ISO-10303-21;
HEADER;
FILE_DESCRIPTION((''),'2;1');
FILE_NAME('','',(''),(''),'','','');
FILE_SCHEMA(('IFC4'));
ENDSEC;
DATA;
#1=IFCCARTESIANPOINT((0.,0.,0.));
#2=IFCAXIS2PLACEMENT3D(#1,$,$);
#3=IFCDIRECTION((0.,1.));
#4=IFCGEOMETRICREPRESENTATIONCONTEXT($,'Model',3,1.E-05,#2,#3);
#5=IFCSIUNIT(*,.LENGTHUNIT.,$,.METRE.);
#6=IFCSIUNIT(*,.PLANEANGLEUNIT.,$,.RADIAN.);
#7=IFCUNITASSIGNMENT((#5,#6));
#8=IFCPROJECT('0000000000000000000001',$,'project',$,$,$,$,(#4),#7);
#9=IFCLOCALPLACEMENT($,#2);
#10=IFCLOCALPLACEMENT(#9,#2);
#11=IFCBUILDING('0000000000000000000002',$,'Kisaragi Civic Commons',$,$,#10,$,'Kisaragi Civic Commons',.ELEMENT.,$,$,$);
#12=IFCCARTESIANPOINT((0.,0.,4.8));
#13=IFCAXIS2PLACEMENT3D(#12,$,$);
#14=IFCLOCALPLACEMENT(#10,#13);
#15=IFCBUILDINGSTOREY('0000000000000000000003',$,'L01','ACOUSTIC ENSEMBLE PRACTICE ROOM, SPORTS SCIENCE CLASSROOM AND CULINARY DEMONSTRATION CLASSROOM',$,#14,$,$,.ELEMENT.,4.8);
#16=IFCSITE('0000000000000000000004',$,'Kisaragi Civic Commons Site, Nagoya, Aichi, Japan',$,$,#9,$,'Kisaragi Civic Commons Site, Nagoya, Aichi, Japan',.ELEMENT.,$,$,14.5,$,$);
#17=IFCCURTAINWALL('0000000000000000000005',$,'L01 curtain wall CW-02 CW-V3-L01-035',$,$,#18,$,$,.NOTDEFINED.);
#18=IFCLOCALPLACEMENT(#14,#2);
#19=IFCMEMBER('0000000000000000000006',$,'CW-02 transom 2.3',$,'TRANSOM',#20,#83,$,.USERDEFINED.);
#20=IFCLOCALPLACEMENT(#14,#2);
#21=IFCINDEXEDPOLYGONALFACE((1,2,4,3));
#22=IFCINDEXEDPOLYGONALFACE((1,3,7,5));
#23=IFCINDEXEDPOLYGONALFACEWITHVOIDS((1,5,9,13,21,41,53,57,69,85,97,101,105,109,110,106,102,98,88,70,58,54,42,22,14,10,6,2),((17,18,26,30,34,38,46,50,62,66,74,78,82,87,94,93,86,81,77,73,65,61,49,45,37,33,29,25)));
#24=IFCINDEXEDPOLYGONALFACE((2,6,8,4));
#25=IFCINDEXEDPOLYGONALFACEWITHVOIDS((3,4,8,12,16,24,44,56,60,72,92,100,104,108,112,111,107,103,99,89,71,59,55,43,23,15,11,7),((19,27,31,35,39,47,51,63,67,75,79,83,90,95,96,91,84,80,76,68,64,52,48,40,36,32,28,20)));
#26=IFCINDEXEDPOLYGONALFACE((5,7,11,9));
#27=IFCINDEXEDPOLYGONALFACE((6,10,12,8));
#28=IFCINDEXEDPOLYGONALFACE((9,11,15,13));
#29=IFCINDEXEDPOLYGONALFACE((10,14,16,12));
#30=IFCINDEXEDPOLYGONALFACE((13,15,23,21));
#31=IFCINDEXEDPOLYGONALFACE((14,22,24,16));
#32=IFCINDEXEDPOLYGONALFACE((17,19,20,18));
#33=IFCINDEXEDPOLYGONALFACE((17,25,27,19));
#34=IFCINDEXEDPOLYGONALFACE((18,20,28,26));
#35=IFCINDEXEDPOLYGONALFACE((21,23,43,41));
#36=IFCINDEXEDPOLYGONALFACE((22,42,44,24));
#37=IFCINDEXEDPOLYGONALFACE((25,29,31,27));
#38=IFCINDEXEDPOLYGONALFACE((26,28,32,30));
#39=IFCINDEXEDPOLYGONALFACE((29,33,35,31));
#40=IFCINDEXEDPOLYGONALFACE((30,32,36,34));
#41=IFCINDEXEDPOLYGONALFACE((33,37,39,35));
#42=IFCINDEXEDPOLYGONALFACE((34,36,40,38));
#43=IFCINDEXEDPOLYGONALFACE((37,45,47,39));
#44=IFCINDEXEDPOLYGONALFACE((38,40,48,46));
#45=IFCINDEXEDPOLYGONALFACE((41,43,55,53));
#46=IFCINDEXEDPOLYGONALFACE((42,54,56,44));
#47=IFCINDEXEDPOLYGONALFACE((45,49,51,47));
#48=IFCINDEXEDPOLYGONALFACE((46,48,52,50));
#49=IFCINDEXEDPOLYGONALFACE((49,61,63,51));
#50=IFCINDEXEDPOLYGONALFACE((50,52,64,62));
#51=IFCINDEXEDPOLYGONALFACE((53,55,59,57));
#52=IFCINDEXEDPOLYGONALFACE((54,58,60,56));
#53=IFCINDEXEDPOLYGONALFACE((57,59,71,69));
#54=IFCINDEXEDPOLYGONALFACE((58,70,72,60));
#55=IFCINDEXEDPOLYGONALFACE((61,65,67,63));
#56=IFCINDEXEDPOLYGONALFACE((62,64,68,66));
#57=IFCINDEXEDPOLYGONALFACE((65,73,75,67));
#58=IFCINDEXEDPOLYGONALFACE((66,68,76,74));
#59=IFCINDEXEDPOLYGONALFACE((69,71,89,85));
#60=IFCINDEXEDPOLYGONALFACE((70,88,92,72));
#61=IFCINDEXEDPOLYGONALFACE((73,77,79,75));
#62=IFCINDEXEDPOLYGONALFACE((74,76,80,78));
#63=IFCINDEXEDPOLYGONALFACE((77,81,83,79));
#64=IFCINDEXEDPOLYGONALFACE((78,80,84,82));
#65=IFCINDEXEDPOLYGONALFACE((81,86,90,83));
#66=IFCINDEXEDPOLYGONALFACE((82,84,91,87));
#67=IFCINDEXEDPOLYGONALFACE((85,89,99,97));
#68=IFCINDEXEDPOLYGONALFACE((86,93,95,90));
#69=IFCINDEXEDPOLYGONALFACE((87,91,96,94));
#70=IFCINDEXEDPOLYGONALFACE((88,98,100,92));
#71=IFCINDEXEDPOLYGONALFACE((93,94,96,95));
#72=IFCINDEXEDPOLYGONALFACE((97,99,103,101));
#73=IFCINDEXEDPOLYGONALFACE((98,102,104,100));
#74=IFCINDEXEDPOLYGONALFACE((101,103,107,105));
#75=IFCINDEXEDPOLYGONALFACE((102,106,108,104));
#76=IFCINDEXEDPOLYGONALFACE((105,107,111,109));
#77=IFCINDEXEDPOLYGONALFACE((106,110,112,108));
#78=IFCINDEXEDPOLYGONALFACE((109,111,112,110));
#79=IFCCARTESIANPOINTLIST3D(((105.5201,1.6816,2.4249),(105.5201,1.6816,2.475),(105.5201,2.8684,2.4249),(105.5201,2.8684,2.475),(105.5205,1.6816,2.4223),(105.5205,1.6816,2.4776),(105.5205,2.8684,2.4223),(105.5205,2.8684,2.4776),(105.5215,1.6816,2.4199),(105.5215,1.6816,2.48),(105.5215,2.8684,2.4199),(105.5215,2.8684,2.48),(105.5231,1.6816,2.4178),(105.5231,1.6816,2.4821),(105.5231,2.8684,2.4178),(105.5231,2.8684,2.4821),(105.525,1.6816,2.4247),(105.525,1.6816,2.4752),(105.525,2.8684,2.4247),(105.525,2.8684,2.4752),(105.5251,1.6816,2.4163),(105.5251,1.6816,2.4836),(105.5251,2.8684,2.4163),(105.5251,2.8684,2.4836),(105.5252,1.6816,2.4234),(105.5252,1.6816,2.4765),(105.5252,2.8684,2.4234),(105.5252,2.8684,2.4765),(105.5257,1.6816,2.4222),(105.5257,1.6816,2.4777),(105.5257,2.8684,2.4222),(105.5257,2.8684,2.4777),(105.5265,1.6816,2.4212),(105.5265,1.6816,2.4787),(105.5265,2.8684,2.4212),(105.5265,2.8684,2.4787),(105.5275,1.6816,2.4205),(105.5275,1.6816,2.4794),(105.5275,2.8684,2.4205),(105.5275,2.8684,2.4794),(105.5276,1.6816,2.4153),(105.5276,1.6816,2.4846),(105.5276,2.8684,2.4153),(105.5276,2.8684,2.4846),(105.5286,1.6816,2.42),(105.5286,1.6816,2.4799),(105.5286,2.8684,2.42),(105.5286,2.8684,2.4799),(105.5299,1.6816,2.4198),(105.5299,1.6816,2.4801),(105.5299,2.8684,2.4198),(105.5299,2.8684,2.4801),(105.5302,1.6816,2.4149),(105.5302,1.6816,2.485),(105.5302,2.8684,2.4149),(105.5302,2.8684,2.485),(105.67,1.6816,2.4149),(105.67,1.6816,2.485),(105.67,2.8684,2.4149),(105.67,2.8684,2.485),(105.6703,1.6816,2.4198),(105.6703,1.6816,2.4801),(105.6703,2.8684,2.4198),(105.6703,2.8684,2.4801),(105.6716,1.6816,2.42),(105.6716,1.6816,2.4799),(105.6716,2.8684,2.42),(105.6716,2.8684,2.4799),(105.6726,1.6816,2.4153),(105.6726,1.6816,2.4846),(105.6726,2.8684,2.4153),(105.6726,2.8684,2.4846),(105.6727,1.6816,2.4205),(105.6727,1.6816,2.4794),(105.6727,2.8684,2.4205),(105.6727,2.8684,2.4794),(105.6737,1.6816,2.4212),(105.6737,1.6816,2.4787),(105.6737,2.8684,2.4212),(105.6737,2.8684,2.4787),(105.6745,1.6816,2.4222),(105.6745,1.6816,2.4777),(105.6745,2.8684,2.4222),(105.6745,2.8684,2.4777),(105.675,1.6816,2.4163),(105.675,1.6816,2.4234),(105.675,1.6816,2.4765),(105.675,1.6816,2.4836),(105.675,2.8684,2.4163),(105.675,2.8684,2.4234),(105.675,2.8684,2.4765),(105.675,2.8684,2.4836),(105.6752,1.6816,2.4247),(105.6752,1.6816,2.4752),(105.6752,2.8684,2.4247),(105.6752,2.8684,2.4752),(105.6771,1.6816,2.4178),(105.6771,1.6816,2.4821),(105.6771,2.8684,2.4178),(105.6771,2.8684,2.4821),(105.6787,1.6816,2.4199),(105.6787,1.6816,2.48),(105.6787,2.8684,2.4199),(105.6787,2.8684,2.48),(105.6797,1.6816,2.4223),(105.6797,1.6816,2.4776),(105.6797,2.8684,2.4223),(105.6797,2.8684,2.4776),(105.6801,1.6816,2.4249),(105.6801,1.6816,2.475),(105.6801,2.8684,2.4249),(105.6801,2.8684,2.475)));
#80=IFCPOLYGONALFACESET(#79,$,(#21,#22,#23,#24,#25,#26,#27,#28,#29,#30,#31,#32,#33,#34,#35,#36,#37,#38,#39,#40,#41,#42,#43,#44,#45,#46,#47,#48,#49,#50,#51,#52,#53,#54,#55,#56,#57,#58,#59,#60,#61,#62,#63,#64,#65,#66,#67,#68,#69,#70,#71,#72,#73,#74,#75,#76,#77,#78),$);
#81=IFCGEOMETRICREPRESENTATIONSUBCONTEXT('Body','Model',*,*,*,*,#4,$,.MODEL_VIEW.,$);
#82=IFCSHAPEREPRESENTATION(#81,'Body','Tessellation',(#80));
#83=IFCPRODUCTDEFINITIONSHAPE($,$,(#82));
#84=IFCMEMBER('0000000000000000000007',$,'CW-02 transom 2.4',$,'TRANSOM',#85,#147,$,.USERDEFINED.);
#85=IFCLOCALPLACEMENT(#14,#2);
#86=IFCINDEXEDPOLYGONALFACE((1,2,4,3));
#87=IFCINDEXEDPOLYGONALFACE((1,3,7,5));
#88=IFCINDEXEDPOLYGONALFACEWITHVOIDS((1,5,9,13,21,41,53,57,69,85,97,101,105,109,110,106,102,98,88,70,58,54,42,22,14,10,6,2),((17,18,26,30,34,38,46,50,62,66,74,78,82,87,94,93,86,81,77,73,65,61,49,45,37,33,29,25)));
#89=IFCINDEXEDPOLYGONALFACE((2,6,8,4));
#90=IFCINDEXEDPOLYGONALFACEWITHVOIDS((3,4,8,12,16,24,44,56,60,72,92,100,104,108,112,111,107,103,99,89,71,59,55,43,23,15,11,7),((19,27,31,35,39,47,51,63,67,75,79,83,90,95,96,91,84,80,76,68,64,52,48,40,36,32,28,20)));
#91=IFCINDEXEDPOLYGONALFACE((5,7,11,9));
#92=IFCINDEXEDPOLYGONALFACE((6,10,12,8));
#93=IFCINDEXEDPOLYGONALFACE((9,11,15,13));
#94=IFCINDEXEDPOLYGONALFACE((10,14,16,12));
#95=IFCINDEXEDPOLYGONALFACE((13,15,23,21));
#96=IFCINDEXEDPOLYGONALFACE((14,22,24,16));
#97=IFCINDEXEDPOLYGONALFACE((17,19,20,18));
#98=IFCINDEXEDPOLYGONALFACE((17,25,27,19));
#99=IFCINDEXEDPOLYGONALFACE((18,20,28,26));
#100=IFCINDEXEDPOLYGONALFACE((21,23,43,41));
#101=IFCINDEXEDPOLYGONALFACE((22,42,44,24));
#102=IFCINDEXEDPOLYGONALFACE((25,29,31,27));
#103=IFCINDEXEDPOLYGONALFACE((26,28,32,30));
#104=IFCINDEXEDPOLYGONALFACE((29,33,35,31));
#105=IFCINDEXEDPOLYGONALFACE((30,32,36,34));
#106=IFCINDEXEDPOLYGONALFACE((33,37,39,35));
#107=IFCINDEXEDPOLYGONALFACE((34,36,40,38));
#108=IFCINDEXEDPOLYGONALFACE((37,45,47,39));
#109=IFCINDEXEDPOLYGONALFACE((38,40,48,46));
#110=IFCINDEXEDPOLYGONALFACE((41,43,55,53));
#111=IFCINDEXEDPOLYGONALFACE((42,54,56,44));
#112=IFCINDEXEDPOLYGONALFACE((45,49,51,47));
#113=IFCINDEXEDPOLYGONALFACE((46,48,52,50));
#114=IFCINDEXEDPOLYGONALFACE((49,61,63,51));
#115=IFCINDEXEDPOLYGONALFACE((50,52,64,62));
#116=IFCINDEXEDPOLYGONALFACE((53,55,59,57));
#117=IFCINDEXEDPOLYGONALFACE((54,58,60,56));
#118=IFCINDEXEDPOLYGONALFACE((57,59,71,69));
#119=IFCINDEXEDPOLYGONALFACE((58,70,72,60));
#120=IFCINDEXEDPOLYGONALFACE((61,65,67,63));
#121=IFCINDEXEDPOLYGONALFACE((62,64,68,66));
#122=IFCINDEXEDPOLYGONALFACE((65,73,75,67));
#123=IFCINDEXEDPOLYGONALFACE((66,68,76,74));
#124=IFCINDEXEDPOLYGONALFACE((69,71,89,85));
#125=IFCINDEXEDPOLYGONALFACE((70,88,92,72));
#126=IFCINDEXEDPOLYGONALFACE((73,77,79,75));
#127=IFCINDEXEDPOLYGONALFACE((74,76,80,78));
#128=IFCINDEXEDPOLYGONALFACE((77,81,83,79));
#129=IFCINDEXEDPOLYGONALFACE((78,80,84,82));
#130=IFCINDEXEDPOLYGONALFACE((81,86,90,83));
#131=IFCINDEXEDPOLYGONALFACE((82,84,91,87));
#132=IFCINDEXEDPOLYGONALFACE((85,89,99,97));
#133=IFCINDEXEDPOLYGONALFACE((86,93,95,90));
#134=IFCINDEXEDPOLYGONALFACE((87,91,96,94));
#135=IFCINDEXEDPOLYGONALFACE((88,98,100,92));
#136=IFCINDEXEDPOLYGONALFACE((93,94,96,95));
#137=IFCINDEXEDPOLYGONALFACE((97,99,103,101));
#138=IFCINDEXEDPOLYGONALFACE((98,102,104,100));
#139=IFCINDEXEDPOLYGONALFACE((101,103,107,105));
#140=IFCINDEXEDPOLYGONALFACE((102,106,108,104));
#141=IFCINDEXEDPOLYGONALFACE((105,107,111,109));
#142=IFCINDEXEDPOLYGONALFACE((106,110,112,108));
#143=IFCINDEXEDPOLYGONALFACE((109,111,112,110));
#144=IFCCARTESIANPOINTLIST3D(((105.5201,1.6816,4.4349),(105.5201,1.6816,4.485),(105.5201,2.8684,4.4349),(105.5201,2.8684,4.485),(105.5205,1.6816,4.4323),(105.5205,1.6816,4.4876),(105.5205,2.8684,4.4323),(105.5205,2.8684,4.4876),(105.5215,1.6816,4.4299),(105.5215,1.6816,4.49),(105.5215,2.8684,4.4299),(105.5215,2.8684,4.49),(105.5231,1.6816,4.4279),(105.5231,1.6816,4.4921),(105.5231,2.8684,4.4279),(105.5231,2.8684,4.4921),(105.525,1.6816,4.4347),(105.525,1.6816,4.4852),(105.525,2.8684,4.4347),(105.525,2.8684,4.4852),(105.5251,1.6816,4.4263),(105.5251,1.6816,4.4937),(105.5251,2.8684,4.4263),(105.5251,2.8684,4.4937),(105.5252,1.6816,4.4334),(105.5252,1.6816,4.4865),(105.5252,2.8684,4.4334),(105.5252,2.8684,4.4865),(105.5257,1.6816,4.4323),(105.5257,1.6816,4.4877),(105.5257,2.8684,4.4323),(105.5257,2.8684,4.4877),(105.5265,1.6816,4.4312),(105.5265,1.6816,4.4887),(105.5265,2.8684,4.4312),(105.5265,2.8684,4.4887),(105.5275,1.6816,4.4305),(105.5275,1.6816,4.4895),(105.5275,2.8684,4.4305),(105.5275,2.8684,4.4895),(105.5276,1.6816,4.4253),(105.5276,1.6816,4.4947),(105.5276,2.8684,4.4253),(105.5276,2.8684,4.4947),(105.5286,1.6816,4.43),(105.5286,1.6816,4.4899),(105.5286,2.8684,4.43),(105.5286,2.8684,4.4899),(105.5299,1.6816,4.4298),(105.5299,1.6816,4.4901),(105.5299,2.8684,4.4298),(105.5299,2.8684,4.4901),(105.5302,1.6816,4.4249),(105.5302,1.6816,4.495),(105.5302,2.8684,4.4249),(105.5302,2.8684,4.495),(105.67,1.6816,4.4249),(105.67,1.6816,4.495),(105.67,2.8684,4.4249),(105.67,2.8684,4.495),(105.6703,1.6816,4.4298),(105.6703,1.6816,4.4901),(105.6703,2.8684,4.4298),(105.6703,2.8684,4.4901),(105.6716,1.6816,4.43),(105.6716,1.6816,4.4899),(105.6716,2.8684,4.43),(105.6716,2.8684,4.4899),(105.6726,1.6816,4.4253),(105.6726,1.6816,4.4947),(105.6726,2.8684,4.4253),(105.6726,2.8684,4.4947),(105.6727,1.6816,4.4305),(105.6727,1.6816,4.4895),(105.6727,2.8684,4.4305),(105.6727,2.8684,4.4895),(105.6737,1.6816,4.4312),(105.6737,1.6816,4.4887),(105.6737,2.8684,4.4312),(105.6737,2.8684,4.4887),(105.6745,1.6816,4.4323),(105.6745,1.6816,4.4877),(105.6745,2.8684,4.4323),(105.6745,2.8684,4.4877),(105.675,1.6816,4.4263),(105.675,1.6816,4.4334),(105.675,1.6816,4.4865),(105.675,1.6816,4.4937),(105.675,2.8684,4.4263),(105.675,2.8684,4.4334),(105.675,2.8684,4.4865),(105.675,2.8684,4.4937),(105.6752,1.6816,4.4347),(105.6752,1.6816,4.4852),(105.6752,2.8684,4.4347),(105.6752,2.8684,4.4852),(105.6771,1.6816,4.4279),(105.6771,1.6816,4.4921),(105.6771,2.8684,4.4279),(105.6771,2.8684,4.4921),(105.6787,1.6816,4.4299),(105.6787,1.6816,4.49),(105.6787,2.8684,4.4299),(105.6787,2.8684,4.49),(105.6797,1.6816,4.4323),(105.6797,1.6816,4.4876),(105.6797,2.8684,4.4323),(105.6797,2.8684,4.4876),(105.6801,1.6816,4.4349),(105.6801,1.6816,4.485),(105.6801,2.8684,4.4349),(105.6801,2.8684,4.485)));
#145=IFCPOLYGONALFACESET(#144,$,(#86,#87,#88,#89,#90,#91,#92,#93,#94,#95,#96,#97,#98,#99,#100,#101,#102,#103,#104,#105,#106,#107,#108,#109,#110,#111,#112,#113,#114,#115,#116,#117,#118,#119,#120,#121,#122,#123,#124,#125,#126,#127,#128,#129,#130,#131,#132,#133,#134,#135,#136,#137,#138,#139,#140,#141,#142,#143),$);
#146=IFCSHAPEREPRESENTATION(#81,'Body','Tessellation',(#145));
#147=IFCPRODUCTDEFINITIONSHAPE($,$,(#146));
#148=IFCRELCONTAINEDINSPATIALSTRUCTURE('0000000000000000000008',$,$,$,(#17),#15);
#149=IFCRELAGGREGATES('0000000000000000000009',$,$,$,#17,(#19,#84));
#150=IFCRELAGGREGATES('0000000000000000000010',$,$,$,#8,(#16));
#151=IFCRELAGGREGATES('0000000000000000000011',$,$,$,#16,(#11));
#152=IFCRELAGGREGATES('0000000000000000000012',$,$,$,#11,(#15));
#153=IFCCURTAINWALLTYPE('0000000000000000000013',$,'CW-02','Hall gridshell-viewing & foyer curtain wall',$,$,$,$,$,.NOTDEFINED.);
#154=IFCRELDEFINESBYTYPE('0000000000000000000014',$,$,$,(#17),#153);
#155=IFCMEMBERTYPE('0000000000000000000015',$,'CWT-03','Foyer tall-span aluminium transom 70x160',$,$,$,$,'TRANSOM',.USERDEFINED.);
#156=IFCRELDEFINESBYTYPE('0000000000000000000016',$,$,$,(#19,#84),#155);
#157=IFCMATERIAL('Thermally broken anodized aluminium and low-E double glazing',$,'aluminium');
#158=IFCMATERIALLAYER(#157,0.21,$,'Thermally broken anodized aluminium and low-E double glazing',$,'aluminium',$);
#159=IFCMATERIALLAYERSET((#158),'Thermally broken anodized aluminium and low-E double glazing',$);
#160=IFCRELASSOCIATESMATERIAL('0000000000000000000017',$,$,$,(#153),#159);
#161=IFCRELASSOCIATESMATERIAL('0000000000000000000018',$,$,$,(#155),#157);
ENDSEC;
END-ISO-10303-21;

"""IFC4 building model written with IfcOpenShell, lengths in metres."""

from ifc_helpers import new_model, si_unit, direction, frame, origin, origin_2d, place, context, subcontext, project, spatial, hollow_rectangle, extrude, material, layer, layer_set, material_profile, profile_set, type_object, element, aggregate, save


model = new_model("IFC4")

# Units and contexts
model_context = context("Model", 3, precision=1e-05, world=origin(), true_north=direction((0.0, 1.0)))
body_context = subcontext(model_context, "Body", "Model", "MODEL_VIEW")
ifc_project = project(units=[si_unit("LENGTHUNIT", "METRE"), si_unit("PLANEANGLEUNIT", "RADIAN")], contexts=[model_context])

# Site, building, storey
site_placement = place(None, origin())
site = spatial("IfcSite", under=ifc_project, at=site_placement, Name="Kisaragi Civic Commons Site, Nagoya, Aichi, Japan", LongName="Kisaragi Civic Commons Site, Nagoya, Aichi, Japan", CompositionType="ELEMENT", RefElevation=14.5)
building_placement = place(site_placement, origin())
building = spatial("IfcBuilding", under=site, at=building_placement, Name="Kisaragi Civic Commons", LongName="Kisaragi Civic Commons", CompositionType="ELEMENT")
storey_placement = place(building_placement, frame((0.0, 0.0, 4.8)))
storey = spatial("IfcBuildingStorey", under=building, at=storey_placement, Name="L01", Description="ACOUSTIC ENSEMBLE PRACTICE ROOM, SPORTS SCIENCE CLASSROOM AND CULINARY DEMONSTRATION CLASSROOM", CompositionType="ELEMENT", Elevation=4.8)

# Curtain wall
ifc_material = material(Name="Thermally broken anodized aluminium and low-E double glazing", Category="aluminium")
ifc_layer_1 = layer(ifc_material, 0.21, Name="Thermally broken anodized aluminium and low-E double glazing", Category="aluminium")
ifc_layer_set_1 = layer_set([ifc_layer_1], Name="Thermally broken anodized aluminium and low-E double glazing")
curtain_wall_type = type_object("IfcCurtainWallType", Name="CW-02", Description="Hall gridshell-viewing & foyer curtain wall", PredefinedType="NOTDEFINED", material=ifc_layer_set_1)
curtain_wall_1_placement = place(storey_placement, origin())
curtain_wall_1 = element("IfcCurtainWall", 1, at=curtain_wall_1_placement, inside=storey, type_object=curtain_wall_type, Name="L01 curtain wall CW-02 CW-V3-L01-035", PredefinedType="NOTDEFINED")

# Members
ifc_material_profile_1 = material_profile(ifc_material, hollow_rectangle(XDim=0.1599, YDim=0.0701, WallThickness=0.0049, InnerFilletRadius=0.0049, OuterFilletRadius=0.01, at=origin_2d()), Name="CWT-70x160x5", Category="aluminium")
ifc_profile_set_1 = profile_set([ifc_material_profile_1], Name="Thermally broken anodized aluminium and low-E double glazing")
member_type_1 = type_object("IfcMemberType", Name="CWT-03", Description="Foyer tall-span aluminium transom 70x160", ElementType="TRANSOM", PredefinedType="USERDEFINED", material=ifc_profile_set_1)
member_1_placement = place(storey_placement, frame((105.6001, 1.6816, 2.45), z_axis=(0.0, 1.0, 0.0), x_axis=(-1.0, 0.0, 0.0)))
member_1 = element("IfcMember", 2, at=member_1_placement, type_object=member_type_1, Name="CW-02 transom 2.3", ObjectType="TRANSOM", PredefinedType="USERDEFINED", context=body_context, shape_type="SweptSolid", body=[
    extrude(hollow_rectangle(XDim=0.1599, YDim=0.0701, WallThickness=0.0049, InnerFilletRadius=0.0049, OuterFilletRadius=0.01, at=origin_2d()), origin(), (0.0, 0.0, 1.0), 1.1868),
])
member_2_placement = place(storey_placement, frame((105.6001, 1.6816, 4.46), z_axis=(0.0, 1.0, 0.0), x_axis=(-1.0, 0.0, 0.0)))
member_2 = element("IfcMember", 3, at=member_2_placement, type_object=member_type_1, Name="CW-02 transom 2.4", ObjectType="TRANSOM", PredefinedType="USERDEFINED", context=body_context, shape_type="SweptSolid", body=[
    extrude(hollow_rectangle(XDim=0.1599, YDim=0.0701, WallThickness=0.0049, InnerFilletRadius=0.0049, OuterFilletRadius=0.01, at=origin_2d()), origin(), (0.0, 0.0, 1.0), 1.1868),
])

aggregate(curtain_wall_1, [member_1, member_2])

save(model, "model.ifc")
